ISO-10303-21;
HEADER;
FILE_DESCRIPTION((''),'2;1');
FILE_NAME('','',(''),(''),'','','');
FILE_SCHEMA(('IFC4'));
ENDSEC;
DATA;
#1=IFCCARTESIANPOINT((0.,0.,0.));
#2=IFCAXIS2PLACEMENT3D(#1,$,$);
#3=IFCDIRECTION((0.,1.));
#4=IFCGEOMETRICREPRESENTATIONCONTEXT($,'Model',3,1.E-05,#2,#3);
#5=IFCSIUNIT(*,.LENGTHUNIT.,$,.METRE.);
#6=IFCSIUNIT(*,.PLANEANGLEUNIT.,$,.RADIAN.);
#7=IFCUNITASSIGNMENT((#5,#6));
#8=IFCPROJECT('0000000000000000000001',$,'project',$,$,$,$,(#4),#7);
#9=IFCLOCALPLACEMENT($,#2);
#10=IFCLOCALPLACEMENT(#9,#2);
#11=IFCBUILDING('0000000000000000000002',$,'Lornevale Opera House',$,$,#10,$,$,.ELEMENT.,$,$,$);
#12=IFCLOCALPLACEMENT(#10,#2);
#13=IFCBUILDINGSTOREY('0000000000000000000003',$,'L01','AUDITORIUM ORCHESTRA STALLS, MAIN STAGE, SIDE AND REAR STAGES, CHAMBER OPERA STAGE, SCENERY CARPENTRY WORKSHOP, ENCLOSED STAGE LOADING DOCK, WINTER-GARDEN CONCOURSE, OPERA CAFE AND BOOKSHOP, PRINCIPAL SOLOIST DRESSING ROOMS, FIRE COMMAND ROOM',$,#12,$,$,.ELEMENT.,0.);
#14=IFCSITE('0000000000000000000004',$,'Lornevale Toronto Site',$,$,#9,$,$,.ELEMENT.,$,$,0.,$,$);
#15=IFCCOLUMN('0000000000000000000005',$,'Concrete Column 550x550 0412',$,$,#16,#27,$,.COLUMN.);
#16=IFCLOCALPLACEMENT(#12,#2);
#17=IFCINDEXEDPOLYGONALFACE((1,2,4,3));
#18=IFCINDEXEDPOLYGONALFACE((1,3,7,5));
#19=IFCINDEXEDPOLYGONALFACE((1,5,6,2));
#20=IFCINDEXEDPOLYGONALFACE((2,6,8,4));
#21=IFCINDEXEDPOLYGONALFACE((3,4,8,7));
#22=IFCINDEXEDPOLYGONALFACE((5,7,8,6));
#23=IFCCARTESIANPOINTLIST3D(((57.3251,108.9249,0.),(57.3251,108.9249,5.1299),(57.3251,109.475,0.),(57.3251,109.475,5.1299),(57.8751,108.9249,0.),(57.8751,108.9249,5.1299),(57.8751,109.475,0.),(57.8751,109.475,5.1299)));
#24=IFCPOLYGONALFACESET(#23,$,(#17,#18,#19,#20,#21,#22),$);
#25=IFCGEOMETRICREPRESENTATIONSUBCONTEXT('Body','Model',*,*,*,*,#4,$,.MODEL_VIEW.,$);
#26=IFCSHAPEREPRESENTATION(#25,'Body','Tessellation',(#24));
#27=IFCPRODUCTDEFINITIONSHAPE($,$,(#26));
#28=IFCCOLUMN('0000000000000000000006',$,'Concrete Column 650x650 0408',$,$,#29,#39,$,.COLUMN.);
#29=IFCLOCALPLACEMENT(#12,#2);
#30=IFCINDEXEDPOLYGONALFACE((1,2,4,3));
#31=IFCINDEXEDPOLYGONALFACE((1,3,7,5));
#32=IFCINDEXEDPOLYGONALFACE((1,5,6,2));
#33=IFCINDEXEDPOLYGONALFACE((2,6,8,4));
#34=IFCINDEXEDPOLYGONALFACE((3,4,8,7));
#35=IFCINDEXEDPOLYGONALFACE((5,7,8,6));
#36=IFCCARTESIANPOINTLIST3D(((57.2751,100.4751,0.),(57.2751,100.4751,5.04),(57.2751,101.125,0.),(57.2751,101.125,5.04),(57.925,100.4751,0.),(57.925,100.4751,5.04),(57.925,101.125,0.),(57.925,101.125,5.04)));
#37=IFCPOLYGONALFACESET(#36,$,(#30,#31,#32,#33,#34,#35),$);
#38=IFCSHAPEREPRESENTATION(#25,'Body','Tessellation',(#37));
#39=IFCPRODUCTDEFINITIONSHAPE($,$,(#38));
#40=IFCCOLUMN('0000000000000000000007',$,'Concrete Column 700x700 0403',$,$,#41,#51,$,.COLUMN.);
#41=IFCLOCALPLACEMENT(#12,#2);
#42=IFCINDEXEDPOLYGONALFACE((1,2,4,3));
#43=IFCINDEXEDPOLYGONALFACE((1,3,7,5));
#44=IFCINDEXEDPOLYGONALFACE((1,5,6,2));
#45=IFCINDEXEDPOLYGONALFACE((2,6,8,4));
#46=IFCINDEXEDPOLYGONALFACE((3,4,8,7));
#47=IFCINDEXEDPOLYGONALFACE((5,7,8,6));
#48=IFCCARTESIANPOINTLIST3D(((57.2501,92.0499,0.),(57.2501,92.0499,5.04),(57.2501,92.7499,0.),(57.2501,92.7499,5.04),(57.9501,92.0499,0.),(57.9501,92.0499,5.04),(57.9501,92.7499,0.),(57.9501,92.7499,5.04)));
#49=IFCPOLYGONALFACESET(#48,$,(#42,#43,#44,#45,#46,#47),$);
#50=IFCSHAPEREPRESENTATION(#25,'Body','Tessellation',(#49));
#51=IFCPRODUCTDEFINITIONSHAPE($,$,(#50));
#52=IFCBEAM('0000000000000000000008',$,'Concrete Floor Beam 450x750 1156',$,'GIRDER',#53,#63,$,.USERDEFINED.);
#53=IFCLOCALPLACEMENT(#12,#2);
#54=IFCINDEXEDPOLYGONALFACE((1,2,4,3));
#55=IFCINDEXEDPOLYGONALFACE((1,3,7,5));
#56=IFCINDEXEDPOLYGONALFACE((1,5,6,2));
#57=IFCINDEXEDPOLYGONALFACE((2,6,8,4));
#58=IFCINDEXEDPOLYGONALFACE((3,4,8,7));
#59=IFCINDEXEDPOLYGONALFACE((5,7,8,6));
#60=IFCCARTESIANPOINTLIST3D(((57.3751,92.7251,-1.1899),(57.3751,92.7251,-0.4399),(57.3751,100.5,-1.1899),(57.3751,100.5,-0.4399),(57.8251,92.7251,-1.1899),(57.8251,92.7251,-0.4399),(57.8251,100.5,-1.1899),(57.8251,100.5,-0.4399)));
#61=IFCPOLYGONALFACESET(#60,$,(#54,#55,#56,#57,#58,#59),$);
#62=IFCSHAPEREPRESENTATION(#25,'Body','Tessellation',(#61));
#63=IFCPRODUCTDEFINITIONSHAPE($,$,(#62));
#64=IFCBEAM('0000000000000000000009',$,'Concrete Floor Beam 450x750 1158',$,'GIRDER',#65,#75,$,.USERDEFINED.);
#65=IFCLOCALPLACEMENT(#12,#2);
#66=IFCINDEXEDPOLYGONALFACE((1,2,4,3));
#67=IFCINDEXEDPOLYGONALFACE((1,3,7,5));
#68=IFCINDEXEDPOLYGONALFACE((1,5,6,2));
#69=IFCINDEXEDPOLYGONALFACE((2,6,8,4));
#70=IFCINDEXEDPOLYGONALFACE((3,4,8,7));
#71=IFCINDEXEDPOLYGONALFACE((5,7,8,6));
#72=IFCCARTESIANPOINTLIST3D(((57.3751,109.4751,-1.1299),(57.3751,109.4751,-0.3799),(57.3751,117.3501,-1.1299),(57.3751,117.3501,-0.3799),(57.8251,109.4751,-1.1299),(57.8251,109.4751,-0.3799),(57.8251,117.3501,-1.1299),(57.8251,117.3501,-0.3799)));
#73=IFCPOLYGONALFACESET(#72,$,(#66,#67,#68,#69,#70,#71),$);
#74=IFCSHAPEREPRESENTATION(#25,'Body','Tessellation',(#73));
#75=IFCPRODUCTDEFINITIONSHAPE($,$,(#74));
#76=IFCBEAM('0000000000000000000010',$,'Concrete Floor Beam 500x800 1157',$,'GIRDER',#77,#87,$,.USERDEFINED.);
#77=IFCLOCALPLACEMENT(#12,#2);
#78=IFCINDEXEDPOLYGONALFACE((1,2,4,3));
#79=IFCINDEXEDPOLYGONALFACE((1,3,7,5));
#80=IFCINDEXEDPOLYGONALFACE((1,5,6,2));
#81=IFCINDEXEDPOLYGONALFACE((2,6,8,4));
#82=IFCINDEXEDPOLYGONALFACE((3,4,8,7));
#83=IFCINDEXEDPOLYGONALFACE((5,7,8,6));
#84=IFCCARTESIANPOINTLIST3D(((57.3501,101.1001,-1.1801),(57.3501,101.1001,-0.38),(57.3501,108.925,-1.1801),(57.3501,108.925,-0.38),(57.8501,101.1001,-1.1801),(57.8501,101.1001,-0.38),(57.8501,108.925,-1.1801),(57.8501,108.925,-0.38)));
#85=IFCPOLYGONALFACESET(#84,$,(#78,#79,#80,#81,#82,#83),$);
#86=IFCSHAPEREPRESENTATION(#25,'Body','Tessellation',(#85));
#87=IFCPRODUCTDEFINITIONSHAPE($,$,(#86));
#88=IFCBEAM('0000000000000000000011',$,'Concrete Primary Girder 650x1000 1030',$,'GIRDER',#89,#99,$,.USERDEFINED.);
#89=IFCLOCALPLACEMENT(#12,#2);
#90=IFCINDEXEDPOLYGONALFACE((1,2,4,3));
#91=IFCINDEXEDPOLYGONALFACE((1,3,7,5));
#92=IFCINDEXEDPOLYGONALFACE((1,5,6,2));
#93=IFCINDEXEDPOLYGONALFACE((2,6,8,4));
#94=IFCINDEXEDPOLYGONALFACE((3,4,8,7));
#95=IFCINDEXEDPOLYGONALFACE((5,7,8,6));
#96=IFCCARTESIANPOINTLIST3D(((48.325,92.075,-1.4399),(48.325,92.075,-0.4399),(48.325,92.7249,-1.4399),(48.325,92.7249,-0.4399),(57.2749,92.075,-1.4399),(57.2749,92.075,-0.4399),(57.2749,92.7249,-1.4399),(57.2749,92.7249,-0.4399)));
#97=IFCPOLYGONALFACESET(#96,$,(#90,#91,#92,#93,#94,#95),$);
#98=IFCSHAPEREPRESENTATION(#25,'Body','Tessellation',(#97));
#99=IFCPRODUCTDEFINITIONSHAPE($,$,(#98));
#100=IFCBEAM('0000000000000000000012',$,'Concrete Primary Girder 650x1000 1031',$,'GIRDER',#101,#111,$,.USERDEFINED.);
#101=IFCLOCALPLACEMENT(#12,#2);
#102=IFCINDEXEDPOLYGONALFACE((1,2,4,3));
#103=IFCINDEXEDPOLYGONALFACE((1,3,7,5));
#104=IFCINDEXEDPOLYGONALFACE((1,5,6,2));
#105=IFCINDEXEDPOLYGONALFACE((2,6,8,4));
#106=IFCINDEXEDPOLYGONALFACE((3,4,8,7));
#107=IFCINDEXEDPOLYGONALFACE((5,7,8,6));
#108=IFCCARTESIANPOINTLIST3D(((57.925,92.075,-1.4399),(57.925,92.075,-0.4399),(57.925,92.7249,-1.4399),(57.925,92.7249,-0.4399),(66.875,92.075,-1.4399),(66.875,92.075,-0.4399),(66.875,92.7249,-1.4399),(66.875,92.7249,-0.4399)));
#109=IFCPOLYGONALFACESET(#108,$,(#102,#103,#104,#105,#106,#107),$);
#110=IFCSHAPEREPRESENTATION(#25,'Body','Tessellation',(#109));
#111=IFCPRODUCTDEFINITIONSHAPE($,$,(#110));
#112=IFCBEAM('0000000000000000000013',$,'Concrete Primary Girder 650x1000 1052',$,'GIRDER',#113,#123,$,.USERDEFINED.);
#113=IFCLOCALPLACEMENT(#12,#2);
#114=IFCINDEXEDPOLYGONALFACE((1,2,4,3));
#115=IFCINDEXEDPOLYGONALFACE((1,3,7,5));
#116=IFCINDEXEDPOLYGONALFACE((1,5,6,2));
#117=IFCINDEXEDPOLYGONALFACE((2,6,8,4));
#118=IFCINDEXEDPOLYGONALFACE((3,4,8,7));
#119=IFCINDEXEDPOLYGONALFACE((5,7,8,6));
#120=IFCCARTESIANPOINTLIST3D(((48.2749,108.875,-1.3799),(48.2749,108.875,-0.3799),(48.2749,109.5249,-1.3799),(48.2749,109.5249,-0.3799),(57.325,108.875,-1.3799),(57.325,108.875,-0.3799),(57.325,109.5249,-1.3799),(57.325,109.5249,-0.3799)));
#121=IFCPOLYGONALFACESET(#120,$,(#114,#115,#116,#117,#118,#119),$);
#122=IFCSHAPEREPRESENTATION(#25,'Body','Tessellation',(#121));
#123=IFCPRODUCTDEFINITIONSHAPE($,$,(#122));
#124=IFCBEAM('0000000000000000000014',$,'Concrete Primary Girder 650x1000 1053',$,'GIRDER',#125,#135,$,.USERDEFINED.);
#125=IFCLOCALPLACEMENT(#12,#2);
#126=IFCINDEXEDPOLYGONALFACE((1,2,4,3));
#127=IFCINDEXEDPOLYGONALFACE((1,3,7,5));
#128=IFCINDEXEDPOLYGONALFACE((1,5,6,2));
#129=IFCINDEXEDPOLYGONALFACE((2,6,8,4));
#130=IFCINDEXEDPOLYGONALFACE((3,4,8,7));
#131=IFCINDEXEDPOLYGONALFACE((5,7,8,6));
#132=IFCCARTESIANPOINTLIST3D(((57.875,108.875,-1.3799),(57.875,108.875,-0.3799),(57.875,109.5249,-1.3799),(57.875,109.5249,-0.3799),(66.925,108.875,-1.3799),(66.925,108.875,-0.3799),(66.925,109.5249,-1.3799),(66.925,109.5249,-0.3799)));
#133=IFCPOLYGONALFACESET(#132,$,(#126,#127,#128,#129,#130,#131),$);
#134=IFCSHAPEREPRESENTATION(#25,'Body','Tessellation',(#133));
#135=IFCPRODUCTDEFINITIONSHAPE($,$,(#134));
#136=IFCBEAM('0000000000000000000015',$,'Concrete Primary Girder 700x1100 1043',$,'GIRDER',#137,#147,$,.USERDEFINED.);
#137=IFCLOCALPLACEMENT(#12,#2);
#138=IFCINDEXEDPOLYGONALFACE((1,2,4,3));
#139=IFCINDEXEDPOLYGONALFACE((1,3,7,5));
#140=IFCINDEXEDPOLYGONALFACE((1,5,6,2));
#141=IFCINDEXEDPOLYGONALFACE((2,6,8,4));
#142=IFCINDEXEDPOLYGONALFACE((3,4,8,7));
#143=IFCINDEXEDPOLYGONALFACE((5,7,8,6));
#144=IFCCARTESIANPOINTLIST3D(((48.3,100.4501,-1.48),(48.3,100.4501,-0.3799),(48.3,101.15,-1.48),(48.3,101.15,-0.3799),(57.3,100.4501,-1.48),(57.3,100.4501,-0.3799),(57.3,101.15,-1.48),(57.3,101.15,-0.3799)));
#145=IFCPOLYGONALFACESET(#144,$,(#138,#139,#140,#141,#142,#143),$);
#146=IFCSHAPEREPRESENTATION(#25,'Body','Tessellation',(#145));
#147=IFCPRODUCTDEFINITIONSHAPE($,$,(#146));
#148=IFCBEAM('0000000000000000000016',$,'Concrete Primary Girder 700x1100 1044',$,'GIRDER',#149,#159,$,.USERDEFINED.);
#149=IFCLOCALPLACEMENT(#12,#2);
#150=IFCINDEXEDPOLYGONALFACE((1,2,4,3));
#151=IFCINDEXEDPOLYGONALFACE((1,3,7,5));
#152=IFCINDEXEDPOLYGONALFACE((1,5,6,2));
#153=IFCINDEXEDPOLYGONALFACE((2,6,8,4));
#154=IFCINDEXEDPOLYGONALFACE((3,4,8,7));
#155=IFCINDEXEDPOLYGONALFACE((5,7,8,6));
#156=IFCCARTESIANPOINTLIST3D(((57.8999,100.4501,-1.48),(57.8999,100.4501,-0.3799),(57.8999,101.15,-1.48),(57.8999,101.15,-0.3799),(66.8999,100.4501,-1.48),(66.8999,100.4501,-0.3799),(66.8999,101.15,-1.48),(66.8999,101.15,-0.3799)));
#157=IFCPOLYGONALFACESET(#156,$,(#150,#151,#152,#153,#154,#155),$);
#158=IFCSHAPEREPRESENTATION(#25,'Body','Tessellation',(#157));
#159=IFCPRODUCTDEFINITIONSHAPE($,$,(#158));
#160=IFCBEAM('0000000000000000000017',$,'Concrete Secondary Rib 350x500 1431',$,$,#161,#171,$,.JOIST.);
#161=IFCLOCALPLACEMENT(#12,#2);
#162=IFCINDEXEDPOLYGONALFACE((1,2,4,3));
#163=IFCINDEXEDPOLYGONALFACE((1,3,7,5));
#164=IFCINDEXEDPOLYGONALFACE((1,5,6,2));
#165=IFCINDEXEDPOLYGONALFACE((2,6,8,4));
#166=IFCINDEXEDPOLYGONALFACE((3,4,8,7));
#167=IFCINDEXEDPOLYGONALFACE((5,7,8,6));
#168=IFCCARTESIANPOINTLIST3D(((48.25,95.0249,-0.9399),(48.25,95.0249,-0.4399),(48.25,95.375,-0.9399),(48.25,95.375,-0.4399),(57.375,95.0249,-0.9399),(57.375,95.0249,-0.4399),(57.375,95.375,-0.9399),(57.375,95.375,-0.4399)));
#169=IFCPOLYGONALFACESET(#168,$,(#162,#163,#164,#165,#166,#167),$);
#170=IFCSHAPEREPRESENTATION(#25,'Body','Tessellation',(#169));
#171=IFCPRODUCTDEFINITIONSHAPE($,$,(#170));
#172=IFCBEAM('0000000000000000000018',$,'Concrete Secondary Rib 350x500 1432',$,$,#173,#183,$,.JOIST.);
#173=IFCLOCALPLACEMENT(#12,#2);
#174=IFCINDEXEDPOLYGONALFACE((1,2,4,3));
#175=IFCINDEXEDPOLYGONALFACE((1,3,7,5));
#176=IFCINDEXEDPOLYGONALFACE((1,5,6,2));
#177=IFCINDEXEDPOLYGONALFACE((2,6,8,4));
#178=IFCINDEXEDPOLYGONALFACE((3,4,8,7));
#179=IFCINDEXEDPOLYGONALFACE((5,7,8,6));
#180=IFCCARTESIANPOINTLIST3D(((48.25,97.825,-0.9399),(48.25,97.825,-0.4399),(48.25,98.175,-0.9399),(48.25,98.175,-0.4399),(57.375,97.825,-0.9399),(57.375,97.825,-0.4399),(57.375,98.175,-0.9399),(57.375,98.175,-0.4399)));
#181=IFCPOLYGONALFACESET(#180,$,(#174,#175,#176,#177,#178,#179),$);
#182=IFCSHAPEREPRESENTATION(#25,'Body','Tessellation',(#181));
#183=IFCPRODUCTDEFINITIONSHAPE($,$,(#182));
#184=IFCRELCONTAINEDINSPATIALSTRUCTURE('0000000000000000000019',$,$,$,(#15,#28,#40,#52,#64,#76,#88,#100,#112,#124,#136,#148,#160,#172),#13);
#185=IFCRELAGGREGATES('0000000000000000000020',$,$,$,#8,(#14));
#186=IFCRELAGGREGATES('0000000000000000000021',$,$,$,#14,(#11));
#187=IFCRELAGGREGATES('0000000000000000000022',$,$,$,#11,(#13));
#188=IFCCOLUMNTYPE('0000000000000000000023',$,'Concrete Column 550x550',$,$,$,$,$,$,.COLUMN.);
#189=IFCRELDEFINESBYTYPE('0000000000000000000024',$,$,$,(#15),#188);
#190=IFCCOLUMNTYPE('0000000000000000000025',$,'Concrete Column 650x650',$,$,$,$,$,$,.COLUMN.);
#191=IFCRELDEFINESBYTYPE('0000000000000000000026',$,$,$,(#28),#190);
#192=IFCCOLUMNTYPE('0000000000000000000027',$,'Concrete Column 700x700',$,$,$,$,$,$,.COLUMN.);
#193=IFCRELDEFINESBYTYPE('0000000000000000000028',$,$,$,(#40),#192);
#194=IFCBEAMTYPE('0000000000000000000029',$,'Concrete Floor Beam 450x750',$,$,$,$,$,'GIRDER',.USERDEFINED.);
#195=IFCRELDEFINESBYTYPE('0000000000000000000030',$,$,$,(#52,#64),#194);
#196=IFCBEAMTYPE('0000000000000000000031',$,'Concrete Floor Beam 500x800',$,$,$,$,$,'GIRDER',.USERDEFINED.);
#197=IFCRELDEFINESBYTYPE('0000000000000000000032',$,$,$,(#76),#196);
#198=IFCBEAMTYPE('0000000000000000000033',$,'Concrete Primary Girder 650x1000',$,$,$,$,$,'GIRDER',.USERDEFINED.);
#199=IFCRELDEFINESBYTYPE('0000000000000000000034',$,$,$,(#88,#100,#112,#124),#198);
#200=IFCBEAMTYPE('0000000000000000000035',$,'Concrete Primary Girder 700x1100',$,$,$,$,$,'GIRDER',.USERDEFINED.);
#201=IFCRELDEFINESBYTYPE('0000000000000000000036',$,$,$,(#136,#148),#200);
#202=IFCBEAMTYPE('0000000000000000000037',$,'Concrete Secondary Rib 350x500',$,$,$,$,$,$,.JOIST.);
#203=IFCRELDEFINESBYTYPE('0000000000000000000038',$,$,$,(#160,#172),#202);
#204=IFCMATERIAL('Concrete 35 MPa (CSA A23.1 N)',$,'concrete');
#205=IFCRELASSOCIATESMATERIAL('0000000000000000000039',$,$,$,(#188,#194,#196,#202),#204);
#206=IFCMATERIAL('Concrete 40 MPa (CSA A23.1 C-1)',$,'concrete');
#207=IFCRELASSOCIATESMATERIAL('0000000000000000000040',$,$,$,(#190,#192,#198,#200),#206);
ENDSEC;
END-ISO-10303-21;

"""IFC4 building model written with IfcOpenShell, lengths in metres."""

from ifc_helpers import new_model, si_unit, direction, frame, origin, origin_2d, place, context, subcontext, project, spatial, rectangle, extrude, material, material_profile, profile_set, type_object, element, save


model = new_model("IFC4")

# Units and contexts
model_context = context("Model", 3, precision=1e-05, world=origin(), true_north=direction((0.0, 1.0)))
body_context = subcontext(model_context, "Body", "Model", "MODEL_VIEW")
ifc_project = project(units=[si_unit("LENGTHUNIT", "METRE"), si_unit("PLANEANGLEUNIT", "RADIAN")], contexts=[model_context])

# Site, building, storey
site_placement = place(None, origin())
site = spatial("IfcSite", under=ifc_project, at=site_placement, Name="Lornevale Toronto Site", CompositionType="ELEMENT", RefElevation=0.0)
building_placement = place(site_placement, origin())
building = spatial("IfcBuilding", under=site, at=building_placement, Name="Lornevale Opera House", CompositionType="ELEMENT")
storey_placement = place(building_placement, origin())
storey = spatial("IfcBuildingStorey", under=building, at=storey_placement, Name="L01", Description="AUDITORIUM ORCHESTRA STALLS, MAIN STAGE, SIDE AND REAR STAGES, CHAMBER OPERA STAGE, SCENERY CARPENTRY WORKSHOP, ENCLOSED STAGE LOADING DOCK, WINTER-GARDEN CONCOURSE, OPERA CAFE AND BOOKSHOP, PRINCIPAL SOLOIST DRESSING ROOMS, FIRE COMMAND ROOM", CompositionType="ELEMENT", Elevation=0.0)

# Columns
ifc_material_1 = material(Name="Concrete 35 MPa (CSA A23.1 N)", Category="concrete")
ifc_material_profile_1 = material_profile(ifc_material_1, rectangle(XDim=0.55, YDim=0.55, at=origin_2d()), Name="RC550x550")
ifc_profile_set_1 = profile_set([ifc_material_profile_1], Name="Concrete 35 MPa (CSA A23.1 N)")
column_type_1 = type_object("IfcColumnType", Name="Concrete Column 550x550", PredefinedType="COLUMN", material=ifc_profile_set_1)
column_1_placement = place(storey_placement, frame((57.6001, 109.2, 0.0), z_axis=(0.0, 0.0, 1.0), x_axis=(1.0, 0.0, 0.0)))
element("IfcColumn", 1, at=column_1_placement, inside=storey, type_object=column_type_1, Name="Concrete Column 550x550 0412", PredefinedType="COLUMN", context=body_context, shape_type="SweptSolid", body=[
    extrude(rectangle(XDim=0.55, YDim=0.55, at=origin_2d()), origin(), (0.0, 0.0, 1.0), 5.1299),
])
ifc_material_2 = material(Name="Concrete 40 MPa (CSA A23.1 C-1)", Category="concrete")
ifc_material_profile_2 = material_profile(ifc_material_2, rectangle(XDim=0.6499, YDim=0.6499, at=origin_2d()), Name="RC650x650")
ifc_profile_set_2 = profile_set([ifc_material_profile_2], Name="Concrete 40 MPa (CSA A23.1 C-1)")
column_type_2 = type_object("IfcColumnType", Name="Concrete Column 650x650", PredefinedType="COLUMN", material=ifc_profile_set_2)
column_2_placement = place(storey_placement, frame((57.6001, 100.8, 0.0), z_axis=(0.0, 0.0, 1.0), x_axis=(1.0, 0.0, 0.0)))
element("IfcColumn", 2, at=column_2_placement, inside=storey, type_object=column_type_2, Name="Concrete Column 650x650 0408", PredefinedType="COLUMN", context=body_context, shape_type="SweptSolid", body=[
    extrude(rectangle(XDim=0.6499, YDim=0.6499, at=origin_2d()), origin(), (0.0, 0.0, 1.0), 5.04),
])
ifc_material_profile_3 = material_profile(ifc_material_2, rectangle(XDim=0.7, YDim=0.7, at=origin_2d()), Name="RC700x700")
ifc_profile_set_3 = profile_set([ifc_material_profile_3], Name="Concrete 40 MPa (CSA A23.1 C-1)")
column_type_3 = type_object("IfcColumnType", Name="Concrete Column 700x700", PredefinedType="COLUMN", material=ifc_profile_set_3)
column_3_placement = place(storey_placement, frame((57.6001, 92.3999, 0.0), z_axis=(0.0, 0.0, 1.0), x_axis=(1.0, 0.0, 0.0)))
element("IfcColumn", 3, at=column_3_placement, inside=storey, type_object=column_type_3, Name="Concrete Column 700x700 0403", PredefinedType="COLUMN", context=body_context, shape_type="SweptSolid", body=[
    extrude(rectangle(XDim=0.7, YDim=0.7, at=origin_2d()), origin(), (0.0, 0.0, 1.0), 5.04),
])

# Beams
ifc_material_profile_4 = material_profile(ifc_material_1, rectangle(XDim=0.45, YDim=0.75, at=origin_2d()), Name="RC450x750")
ifc_profile_set_4 = profile_set([ifc_material_profile_4], Name="Concrete 35 MPa (CSA A23.1 N)")
beam_type_1 = type_object("IfcBeamType", Name="Concrete Floor Beam 450x750", ElementType="GIRDER", PredefinedType="USERDEFINED", material=ifc_profile_set_4)
beam_1_placement = place(storey_placement, frame((57.6001, 92.7251, -0.8149), z_axis=(0.0, 1.0, 0.0), x_axis=(-1.0, 0.0, 0.0)))
element("IfcBeam", 4, at=beam_1_placement, inside=storey, type_object=beam_type_1, Name="Concrete Floor Beam 450x750 1156", ObjectType="GIRDER", PredefinedType="USERDEFINED", context=body_context, shape_type="SweptSolid", body=[
    extrude(rectangle(XDim=0.45, YDim=0.75, at=origin_2d()), origin(), (0.0, 0.0, 1.0), 7.7749),
])
beam_2_placement = place(storey_placement, frame((57.6001, 109.4751, -0.7549), z_axis=(0.0, 1.0, 0.0), x_axis=(-1.0, 0.0, 0.0)))
element("IfcBeam", 5, at=beam_2_placement, inside=storey, type_object=beam_type_1, Name="Concrete Floor Beam 450x750 1158", ObjectType="GIRDER", PredefinedType="USERDEFINED", context=body_context, shape_type="SweptSolid", body=[
    extrude(rectangle(XDim=0.45, YDim=0.75, at=origin_2d()), origin(), (0.0, 0.0, 1.0), 7.875),
])
ifc_material_profile_5 = material_profile(ifc_material_1, rectangle(XDim=0.5, YDim=0.8, at=origin_2d()), Name="RC500x800")
ifc_profile_set_5 = profile_set([ifc_material_profile_5], Name="Concrete 35 MPa (CSA A23.1 N)")
beam_type_2 = type_object("IfcBeamType", Name="Concrete Floor Beam 500x800", ElementType="GIRDER", PredefinedType="USERDEFINED", material=ifc_profile_set_5)
beam_3_placement = place(storey_placement, frame((57.6001, 101.1001, -0.78), z_axis=(0.0, 1.0, 0.0), x_axis=(-1.0, 0.0, 0.0)))
element("IfcBeam", 6, at=beam_3_placement, inside=storey, type_object=beam_type_2, Name="Concrete Floor Beam 500x800 1157", ObjectType="GIRDER", PredefinedType="USERDEFINED", context=body_context, shape_type="SweptSolid", body=[
    extrude(rectangle(XDim=0.5, YDim=0.8, at=origin_2d()), origin(), (0.0, 0.0, 1.0), 7.825),
])
ifc_material_profile_6 = material_profile(ifc_material_2, rectangle(XDim=0.6499, YDim=1.0, at=origin_2d()), Name="RC650x1000")
ifc_profile_set_6 = profile_set([ifc_material_profile_6], Name="Concrete 40 MPa (CSA A23.1 C-1)")
beam_type_3 = type_object("IfcBeamType", Name="Concrete Primary Girder 650x1000", ElementType="GIRDER", PredefinedType="USERDEFINED", material=ifc_profile_set_6)
for number, where, z_axis, x_axis, name in (
    (7, (48.325, 92.3999, -0.9399), (1.0, 0.0, 0.0), (0.0, 1.0, 0.0), "Concrete Primary Girder 650x1000 1030"),
    (8, (57.925, 92.3999, -0.9399), (1.0, 0.0, 0.0), (0.0, 1.0, 0.0), "Concrete Primary Girder 650x1000 1031"),
):
    element("IfcBeam", number, at=place(storey_placement, frame(where, z_axis=z_axis, x_axis=x_axis)), inside=storey, type_object=beam_type_3, Name=name, ObjectType="GIRDER", PredefinedType="USERDEFINED", context=body_context, shape_type="SweptSolid", body=[
        extrude(rectangle(XDim=0.6499, YDim=1.0, at=origin_2d()), origin(), (0.0, 0.0, 1.0), 8.95),
    ])
for number, where, z_axis, x_axis, name in (
    (9, (48.2749, 109.2, -0.8799), (1.0, 0.0, 0.0), (0.0, 1.0, 0.0), "Concrete Primary Girder 650x1000 1052"),
    (10, (57.875, 109.2, -0.8799), (1.0, 0.0, 0.0), (0.0, 1.0, 0.0), "Concrete Primary Girder 650x1000 1053"),
):
    element("IfcBeam", number, at=place(storey_placement, frame(where, z_axis=z_axis, x_axis=x_axis)), inside=storey, type_object=beam_type_3, Name=name, ObjectType="GIRDER", PredefinedType="USERDEFINED", context=body_context, shape_type="SweptSolid", body=[
        extrude(rectangle(XDim=0.6499, YDim=1.0, at=origin_2d()), origin(), (0.0, 0.0, 1.0), 9.05),
    ])
ifc_material_profile_7 = material_profile(ifc_material_2, rectangle(XDim=0.7, YDim=1.1001, at=origin_2d()), Name="RC700x1100")
ifc_profile_set_7 = profile_set([ifc_material_profile_7], Name="Concrete 40 MPa (CSA A23.1 C-1)")
beam_type_4 = type_object("IfcBeamType", Name="Concrete Primary Girder 700x1100", ElementType="GIRDER", PredefinedType="USERDEFINED", material=ifc_profile_set_7)
for number, where, z_axis, x_axis, name in (
    (11, (48.3, 100.8, -0.9299), (1.0, 0.0, 0.0), (0.0, 1.0, 0.0), "Concrete Primary Girder 700x1100 1043"),
    (12, (57.8999, 100.8, -0.9299), (1.0, 0.0, 0.0), (0.0, 1.0, 0.0), "Concrete Primary Girder 700x1100 1044"),
):
    element("IfcBeam", number, at=place(storey_placement, frame(where, z_axis=z_axis, x_axis=x_axis)), inside=storey, type_object=beam_type_4, Name=name, ObjectType="GIRDER", PredefinedType="USERDEFINED", context=body_context, shape_type="SweptSolid", body=[
        extrude(rectangle(XDim=0.7, YDim=1.1001, at=origin_2d()), origin(), (0.0, 0.0, 1.0), 9.0),
    ])
ifc_material_profile_8 = material_profile(ifc_material_1, rectangle(XDim=0.3501, YDim=0.5, at=origin_2d()), Name="RC350x500")
ifc_profile_set_8 = profile_set([ifc_material_profile_8], Name="Concrete 35 MPa (CSA A23.1 N)")
beam_type_5 = type_object("IfcBeamType", Name="Concrete Secondary Rib 350x500", PredefinedType="JOIST", material=ifc_profile_set_8)
for number, where, z_axis, x_axis, name in (
    (13, (48.25, 95.2, -0.6899), (1.0, 0.0, 0.0), (0.0, 1.0, 0.0), "Concrete Secondary Rib 350x500 1431"),
    (14, (48.25, 98.0, -0.6899), (1.0, 0.0, 0.0), (0.0, 1.0, 0.0), "Concrete Secondary Rib 350x500 1432"),
):
    element("IfcBeam", number, at=place(storey_placement, frame(where, z_axis=z_axis, x_axis=x_axis)), inside=storey, type_object=beam_type_5, Name=name, PredefinedType="JOIST", context=body_context, shape_type="SweptSolid", body=[
        extrude(rectangle(XDim=0.3501, YDim=0.5, at=origin_2d()), origin(), (0.0, 0.0, 1.0), 9.125),
    ])

save(model, "model.ifc")
